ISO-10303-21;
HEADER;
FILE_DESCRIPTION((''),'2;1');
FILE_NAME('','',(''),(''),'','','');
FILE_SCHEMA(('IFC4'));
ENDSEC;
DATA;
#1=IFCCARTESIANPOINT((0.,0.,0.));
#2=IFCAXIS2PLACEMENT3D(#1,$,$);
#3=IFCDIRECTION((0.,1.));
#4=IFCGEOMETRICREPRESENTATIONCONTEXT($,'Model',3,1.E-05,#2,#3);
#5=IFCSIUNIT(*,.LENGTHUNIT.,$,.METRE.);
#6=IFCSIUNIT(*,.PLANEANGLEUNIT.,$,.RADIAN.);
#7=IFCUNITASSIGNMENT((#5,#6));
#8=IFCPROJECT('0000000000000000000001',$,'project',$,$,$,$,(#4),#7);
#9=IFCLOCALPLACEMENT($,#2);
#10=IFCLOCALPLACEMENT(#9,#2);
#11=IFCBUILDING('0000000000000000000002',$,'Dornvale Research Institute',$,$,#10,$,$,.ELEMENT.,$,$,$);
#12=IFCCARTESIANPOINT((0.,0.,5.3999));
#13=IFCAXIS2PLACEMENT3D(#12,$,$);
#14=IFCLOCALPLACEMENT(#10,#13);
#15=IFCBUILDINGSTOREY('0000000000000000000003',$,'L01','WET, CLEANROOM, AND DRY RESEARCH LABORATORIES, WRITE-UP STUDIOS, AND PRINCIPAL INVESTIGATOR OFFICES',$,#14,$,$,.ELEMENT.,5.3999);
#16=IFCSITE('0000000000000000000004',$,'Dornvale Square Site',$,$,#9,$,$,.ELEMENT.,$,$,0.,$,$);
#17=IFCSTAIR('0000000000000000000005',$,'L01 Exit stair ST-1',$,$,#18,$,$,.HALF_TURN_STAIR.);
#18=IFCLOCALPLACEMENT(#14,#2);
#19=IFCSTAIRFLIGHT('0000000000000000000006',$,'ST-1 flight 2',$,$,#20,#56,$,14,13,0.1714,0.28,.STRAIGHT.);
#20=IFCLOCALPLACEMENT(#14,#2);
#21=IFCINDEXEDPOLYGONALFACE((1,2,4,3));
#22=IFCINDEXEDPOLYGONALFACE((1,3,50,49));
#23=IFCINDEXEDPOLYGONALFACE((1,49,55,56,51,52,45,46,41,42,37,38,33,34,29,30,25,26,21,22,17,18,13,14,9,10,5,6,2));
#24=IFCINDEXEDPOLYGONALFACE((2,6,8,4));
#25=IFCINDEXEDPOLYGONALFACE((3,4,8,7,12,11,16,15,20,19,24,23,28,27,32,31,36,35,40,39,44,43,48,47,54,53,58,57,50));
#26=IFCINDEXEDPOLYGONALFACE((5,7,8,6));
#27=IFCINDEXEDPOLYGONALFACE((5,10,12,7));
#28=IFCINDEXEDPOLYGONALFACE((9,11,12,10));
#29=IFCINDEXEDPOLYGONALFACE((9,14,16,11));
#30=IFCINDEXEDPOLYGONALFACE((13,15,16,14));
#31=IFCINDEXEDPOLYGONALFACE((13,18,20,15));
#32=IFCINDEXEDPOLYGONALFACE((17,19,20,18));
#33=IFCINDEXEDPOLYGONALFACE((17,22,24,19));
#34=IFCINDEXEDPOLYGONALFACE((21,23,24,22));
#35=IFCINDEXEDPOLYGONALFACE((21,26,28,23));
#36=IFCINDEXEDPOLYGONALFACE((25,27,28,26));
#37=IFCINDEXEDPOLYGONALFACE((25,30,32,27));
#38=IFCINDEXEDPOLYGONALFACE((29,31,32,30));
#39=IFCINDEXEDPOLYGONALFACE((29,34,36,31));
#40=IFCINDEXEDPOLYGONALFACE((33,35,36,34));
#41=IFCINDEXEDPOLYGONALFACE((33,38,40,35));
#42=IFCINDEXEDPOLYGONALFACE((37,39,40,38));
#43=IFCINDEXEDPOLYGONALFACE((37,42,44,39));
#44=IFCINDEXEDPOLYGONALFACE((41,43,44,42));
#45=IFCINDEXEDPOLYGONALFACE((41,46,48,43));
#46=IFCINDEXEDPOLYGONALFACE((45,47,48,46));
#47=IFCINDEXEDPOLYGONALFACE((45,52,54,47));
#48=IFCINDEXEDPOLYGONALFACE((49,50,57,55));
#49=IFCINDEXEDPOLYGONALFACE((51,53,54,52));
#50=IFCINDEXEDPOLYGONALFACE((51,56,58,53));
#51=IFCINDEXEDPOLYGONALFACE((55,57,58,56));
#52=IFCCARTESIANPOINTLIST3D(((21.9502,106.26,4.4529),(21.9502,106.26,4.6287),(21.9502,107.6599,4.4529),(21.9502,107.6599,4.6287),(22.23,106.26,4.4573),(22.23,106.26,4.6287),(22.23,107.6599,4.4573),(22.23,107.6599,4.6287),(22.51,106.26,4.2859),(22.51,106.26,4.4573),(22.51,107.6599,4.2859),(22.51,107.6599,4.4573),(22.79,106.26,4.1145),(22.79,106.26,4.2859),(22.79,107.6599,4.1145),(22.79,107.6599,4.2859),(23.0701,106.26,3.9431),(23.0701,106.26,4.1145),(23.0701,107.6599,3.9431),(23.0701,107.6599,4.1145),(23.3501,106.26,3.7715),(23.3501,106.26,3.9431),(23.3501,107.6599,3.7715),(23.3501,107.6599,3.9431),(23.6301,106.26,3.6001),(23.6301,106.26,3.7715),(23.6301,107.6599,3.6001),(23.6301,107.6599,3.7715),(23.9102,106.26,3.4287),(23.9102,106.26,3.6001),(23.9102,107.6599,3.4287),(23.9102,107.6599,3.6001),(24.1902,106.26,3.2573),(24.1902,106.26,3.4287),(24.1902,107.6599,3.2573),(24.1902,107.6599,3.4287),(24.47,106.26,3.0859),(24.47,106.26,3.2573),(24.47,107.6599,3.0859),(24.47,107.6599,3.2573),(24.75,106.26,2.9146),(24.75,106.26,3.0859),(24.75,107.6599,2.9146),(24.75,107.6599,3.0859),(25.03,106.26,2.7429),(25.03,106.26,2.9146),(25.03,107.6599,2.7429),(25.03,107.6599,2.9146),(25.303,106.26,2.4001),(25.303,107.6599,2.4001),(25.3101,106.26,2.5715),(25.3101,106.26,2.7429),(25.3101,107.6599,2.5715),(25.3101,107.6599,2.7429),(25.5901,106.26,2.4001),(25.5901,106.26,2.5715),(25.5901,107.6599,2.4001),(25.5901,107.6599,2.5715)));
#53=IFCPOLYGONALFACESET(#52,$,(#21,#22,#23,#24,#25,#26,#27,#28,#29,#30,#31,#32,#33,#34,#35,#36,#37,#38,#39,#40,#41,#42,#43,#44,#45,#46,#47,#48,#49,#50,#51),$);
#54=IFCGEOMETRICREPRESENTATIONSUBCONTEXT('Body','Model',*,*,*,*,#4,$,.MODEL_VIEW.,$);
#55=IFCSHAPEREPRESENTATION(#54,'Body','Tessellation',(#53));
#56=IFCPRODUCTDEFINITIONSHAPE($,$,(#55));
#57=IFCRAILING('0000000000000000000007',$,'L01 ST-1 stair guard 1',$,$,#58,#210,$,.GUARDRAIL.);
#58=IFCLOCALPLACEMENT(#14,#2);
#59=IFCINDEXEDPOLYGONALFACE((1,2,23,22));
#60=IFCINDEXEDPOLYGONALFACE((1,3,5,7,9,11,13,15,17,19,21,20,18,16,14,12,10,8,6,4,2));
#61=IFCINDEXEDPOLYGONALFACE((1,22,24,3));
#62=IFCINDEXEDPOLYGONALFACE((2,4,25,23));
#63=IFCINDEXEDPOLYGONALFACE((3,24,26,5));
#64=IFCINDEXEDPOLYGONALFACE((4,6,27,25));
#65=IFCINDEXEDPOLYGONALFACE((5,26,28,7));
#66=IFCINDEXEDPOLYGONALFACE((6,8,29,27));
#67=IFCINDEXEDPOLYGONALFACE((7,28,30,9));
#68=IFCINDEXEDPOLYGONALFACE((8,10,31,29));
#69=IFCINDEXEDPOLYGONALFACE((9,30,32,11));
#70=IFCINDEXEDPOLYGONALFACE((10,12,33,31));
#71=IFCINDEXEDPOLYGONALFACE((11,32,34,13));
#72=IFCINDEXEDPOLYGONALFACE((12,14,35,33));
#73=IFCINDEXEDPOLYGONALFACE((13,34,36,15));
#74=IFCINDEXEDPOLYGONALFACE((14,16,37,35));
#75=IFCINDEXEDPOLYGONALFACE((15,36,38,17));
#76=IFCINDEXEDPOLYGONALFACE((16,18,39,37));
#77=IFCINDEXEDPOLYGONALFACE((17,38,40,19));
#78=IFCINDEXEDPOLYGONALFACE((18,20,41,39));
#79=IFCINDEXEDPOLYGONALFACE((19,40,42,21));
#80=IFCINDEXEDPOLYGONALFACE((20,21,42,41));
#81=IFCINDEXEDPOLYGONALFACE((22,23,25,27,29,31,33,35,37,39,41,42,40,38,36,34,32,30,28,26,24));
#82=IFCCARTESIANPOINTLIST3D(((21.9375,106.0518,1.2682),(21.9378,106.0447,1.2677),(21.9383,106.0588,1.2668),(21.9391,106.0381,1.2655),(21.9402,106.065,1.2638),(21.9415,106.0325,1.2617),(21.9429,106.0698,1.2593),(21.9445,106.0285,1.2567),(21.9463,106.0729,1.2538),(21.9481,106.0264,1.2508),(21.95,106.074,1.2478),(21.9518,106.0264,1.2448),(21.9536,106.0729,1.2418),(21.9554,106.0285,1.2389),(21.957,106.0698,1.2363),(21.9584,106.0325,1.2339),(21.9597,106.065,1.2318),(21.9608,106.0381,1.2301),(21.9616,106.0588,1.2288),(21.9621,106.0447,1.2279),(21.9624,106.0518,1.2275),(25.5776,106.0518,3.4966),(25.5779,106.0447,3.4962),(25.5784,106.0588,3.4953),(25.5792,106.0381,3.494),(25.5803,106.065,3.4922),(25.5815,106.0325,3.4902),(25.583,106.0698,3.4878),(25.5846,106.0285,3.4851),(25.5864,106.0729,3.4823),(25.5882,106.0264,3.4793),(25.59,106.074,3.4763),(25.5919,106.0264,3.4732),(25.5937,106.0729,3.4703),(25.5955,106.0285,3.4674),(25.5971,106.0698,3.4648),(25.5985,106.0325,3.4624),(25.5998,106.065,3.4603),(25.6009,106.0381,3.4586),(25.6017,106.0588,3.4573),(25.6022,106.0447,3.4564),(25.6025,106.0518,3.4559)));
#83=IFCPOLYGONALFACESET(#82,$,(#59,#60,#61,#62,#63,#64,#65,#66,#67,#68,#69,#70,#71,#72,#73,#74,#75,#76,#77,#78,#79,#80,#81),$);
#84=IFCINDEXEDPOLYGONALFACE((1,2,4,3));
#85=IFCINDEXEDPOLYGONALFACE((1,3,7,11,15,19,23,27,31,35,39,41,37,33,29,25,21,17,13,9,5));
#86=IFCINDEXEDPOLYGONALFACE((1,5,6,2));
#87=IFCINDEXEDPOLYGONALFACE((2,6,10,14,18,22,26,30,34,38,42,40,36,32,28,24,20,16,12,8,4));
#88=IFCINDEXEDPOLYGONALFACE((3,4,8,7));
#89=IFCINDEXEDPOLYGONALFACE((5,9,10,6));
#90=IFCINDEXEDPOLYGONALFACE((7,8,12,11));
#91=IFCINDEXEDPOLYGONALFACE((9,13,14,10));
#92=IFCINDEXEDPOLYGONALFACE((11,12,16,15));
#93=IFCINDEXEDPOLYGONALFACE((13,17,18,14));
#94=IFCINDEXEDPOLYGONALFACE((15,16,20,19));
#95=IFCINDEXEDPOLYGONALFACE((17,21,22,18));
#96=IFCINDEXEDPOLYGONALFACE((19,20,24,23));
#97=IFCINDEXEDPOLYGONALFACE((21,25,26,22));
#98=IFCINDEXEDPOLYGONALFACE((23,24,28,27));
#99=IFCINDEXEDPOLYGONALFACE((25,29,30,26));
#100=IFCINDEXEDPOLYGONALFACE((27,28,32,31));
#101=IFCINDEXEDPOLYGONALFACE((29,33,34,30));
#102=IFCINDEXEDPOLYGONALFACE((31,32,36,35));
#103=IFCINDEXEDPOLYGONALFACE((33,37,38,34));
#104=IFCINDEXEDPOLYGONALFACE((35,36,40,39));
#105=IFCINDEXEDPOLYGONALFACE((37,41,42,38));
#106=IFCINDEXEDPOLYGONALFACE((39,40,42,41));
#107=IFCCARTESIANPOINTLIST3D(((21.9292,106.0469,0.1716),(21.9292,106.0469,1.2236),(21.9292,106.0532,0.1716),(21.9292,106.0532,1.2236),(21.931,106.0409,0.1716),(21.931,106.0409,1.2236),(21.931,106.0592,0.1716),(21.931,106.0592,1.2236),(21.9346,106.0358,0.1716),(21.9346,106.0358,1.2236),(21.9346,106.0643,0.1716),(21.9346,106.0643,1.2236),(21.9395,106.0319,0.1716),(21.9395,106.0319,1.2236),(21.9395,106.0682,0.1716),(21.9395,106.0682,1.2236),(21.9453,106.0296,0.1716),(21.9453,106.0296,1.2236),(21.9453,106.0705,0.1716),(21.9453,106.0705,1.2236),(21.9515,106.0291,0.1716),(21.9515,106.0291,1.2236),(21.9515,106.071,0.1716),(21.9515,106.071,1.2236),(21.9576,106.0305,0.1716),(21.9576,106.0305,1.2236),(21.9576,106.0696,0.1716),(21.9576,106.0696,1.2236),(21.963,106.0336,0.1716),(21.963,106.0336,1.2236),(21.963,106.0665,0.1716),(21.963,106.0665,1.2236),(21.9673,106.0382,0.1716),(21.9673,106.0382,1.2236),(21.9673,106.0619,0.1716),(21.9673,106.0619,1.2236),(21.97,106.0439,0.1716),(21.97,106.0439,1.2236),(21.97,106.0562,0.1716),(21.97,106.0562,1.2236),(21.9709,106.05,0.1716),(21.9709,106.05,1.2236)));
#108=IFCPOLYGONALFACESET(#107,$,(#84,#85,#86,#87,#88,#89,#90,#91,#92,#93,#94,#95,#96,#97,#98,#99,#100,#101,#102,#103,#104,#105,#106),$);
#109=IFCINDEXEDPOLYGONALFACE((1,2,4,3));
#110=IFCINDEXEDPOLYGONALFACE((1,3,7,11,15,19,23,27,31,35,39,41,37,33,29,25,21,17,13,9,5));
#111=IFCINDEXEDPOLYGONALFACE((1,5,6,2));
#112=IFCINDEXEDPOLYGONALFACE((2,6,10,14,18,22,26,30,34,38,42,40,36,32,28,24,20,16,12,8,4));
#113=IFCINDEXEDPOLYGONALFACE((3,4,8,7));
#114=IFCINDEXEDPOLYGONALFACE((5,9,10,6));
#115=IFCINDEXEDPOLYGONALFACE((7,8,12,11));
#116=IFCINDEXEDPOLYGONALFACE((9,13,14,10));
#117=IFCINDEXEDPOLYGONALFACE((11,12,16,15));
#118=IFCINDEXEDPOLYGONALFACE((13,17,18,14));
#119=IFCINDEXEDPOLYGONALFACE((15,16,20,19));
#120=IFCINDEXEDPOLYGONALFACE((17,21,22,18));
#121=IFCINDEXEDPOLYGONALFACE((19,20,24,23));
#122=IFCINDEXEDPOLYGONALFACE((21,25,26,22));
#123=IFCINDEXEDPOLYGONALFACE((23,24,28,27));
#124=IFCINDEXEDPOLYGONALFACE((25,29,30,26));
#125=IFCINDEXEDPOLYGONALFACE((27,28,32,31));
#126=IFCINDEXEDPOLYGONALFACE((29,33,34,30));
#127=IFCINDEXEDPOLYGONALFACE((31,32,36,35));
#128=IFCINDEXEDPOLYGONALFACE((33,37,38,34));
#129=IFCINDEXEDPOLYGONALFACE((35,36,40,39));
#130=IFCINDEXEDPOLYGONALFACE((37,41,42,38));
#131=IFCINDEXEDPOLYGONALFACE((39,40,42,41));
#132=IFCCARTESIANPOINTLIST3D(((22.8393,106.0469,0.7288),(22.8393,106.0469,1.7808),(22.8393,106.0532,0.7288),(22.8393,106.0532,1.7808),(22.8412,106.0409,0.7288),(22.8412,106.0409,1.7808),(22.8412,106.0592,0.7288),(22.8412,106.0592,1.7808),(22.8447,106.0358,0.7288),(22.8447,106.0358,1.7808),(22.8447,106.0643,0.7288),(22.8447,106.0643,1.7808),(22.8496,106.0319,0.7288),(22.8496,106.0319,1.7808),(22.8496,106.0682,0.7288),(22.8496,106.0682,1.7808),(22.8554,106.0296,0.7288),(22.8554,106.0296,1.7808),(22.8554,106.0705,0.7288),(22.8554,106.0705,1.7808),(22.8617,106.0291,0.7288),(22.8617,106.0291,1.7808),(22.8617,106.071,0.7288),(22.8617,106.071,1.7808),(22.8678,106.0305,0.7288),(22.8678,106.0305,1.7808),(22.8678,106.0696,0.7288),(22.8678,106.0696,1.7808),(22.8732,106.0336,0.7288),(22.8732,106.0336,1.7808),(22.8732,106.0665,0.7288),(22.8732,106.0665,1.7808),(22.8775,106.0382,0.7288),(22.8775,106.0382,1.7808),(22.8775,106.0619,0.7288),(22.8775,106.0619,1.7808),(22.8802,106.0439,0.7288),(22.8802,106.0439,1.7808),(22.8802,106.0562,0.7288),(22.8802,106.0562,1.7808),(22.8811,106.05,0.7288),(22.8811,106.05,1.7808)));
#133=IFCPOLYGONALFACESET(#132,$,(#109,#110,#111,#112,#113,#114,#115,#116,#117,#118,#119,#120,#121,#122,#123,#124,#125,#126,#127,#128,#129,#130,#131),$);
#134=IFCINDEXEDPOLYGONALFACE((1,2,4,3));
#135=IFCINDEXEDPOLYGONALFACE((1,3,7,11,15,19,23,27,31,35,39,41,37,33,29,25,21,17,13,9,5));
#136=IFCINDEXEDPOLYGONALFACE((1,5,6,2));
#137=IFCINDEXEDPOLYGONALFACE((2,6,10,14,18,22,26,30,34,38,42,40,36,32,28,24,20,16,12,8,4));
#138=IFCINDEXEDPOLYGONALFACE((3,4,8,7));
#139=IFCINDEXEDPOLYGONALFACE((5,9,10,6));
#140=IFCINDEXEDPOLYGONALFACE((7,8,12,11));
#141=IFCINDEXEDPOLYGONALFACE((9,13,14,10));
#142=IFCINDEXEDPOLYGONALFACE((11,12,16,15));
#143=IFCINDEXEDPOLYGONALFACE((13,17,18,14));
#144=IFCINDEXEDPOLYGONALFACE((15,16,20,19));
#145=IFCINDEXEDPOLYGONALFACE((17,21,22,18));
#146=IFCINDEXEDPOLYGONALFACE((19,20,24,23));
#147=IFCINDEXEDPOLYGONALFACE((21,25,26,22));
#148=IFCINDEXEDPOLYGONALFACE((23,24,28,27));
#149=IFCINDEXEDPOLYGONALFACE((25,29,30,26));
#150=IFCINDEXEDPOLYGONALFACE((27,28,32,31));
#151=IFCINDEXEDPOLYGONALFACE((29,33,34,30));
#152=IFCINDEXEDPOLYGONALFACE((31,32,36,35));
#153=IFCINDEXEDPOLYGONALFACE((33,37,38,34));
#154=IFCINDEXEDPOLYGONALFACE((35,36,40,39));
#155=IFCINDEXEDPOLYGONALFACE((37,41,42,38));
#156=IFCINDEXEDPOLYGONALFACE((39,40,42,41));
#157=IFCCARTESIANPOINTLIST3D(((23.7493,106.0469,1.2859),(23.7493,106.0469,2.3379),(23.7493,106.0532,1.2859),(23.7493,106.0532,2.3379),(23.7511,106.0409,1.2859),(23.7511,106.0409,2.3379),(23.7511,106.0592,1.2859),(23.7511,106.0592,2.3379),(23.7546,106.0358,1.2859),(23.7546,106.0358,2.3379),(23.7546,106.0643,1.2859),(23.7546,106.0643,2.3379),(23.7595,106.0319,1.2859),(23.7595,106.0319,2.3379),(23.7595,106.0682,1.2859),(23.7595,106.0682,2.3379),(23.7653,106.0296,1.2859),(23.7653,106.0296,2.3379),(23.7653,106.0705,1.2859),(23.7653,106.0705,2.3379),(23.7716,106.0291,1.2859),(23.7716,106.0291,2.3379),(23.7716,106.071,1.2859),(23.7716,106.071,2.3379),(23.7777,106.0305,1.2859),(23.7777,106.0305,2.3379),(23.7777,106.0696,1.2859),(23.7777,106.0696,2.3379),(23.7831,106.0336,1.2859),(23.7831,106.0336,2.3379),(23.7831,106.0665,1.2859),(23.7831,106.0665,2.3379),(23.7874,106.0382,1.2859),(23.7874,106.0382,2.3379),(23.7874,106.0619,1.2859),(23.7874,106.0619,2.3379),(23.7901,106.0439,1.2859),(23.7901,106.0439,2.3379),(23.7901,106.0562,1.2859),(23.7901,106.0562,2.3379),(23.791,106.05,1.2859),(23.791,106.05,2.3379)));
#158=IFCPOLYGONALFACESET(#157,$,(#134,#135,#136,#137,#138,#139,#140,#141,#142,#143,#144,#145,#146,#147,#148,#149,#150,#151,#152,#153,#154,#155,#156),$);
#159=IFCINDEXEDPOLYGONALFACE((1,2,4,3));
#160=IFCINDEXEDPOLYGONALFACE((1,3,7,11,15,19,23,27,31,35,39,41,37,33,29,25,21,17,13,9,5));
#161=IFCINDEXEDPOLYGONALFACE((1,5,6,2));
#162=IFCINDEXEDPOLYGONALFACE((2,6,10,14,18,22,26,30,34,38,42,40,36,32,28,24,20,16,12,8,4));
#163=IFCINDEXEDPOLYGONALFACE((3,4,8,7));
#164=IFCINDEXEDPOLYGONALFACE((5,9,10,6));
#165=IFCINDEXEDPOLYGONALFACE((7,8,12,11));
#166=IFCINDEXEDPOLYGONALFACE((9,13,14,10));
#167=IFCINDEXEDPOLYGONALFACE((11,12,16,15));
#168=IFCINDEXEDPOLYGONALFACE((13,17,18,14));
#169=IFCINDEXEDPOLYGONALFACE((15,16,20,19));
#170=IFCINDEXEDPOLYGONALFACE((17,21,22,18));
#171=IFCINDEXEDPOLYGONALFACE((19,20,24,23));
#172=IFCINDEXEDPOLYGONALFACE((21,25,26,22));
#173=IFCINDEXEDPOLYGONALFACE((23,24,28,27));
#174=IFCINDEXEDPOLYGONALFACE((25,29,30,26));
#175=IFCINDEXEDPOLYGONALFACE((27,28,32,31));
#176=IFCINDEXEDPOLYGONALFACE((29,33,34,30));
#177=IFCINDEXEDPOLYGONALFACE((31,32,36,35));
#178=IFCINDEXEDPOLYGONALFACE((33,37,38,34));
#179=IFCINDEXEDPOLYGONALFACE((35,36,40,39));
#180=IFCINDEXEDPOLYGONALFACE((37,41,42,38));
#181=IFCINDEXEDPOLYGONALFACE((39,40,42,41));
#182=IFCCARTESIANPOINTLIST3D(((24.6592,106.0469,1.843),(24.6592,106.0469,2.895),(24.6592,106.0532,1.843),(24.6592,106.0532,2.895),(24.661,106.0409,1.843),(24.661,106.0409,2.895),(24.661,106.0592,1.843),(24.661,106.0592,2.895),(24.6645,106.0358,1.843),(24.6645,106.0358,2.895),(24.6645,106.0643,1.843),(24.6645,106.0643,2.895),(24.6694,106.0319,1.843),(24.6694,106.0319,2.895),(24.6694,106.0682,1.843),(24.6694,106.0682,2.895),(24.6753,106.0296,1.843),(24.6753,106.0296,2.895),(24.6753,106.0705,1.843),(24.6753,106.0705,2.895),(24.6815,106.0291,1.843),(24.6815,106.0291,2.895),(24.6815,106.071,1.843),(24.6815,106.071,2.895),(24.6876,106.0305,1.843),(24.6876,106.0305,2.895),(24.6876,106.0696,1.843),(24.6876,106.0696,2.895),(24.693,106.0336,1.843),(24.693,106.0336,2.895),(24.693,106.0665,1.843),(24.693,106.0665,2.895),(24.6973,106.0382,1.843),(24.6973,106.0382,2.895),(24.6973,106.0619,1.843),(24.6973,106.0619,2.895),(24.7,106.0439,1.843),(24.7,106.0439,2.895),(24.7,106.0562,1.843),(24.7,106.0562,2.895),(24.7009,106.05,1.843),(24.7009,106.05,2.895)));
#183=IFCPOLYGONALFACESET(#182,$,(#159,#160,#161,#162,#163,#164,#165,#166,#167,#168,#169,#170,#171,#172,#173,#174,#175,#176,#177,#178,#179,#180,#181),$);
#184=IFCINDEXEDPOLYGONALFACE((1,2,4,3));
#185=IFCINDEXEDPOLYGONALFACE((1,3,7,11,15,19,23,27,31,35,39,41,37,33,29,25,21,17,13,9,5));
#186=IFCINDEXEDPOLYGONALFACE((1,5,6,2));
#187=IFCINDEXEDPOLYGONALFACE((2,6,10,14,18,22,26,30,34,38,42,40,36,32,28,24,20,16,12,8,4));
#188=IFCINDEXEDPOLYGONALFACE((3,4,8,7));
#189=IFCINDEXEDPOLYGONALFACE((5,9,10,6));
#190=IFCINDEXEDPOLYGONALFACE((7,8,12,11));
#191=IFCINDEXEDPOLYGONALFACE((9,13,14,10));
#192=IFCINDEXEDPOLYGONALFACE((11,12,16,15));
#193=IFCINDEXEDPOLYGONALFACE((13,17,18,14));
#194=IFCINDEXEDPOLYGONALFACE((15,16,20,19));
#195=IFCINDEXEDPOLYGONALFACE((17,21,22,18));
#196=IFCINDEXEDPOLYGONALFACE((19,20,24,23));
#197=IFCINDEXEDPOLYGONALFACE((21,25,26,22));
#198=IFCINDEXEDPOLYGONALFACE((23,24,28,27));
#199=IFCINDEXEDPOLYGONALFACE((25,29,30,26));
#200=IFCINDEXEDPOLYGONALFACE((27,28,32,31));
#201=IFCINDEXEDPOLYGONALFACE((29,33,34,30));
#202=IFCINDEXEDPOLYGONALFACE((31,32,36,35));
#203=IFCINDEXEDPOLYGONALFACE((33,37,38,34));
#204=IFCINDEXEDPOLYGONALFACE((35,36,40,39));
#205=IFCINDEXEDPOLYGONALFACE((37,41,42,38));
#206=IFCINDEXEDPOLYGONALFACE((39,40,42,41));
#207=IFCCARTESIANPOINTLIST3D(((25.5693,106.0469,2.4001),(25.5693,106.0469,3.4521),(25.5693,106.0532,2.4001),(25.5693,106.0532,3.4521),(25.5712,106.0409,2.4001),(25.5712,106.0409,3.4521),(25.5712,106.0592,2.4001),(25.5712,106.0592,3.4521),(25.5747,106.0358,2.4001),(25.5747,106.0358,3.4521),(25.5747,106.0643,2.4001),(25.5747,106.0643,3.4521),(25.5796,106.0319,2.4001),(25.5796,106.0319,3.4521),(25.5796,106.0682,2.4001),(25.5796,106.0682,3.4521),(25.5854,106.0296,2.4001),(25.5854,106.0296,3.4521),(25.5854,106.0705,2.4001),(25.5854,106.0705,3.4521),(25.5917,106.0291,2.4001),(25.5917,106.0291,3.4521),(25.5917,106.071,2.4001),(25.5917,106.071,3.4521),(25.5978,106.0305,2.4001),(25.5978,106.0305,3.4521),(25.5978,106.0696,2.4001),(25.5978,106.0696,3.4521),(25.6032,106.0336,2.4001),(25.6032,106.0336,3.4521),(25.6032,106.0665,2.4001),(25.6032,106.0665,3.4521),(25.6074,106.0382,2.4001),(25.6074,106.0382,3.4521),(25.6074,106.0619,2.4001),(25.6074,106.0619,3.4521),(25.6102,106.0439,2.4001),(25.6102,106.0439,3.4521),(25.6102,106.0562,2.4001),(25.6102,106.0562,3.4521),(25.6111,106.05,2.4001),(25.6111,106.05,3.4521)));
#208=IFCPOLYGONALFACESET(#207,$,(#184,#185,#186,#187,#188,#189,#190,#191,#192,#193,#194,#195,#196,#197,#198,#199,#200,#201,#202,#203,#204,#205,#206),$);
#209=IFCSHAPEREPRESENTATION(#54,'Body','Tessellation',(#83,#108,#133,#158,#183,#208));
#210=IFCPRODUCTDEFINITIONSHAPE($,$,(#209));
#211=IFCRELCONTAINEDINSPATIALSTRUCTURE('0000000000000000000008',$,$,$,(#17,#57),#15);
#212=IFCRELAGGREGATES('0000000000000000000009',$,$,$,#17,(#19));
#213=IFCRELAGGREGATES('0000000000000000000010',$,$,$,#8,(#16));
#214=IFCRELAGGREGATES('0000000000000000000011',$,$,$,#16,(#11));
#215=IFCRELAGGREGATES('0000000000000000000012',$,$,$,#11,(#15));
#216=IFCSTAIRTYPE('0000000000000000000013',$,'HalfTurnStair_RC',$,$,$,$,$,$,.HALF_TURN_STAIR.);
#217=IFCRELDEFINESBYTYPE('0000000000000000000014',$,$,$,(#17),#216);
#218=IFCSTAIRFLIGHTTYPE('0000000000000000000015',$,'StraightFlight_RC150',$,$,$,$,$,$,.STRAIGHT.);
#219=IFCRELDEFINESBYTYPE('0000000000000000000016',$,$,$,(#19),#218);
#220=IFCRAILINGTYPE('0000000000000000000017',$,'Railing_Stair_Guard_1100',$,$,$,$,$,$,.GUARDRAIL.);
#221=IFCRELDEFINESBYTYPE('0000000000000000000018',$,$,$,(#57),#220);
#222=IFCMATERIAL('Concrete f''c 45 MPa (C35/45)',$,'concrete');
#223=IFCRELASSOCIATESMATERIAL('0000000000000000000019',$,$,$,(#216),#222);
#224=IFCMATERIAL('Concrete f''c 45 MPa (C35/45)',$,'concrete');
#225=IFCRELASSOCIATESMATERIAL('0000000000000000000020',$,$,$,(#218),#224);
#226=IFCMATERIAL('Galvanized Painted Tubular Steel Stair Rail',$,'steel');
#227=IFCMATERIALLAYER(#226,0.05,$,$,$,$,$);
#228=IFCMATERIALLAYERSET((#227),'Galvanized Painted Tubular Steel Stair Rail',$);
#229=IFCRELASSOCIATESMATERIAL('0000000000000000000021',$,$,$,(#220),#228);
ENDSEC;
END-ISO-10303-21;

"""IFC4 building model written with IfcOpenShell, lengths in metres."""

from ifc_helpers import new_model, si_unit, direction, frame, origin, origin_2d, place, context, subcontext, project, spatial, polyline, circle, outline, extrude, material, layer, layer_set, type_object, element, aggregate, save


model = new_model("IFC4")

# Units and contexts
model_context = context("Model", 3, precision=1e-05, world=origin(), true_north=direction((0.0, 1.0)))
body_context = subcontext(model_context, "Body", "Model", "MODEL_VIEW")
ifc_project = project(units=[si_unit("LENGTHUNIT", "METRE"), si_unit("PLANEANGLEUNIT", "RADIAN")], contexts=[model_context])

# Site, building, storey
site_placement = place(None, origin())
site = spatial("IfcSite", under=ifc_project, at=site_placement, Name="Dornvale Square Site", CompositionType="ELEMENT", RefElevation=0.0)
building_placement = place(site_placement, origin())
building = spatial("IfcBuilding", under=site, at=building_placement, Name="Dornvale Research Institute", CompositionType="ELEMENT")
storey_placement = place(building_placement, frame((0.0, 0.0, 5.3999)))
storey = spatial("IfcBuildingStorey", under=building, at=storey_placement, Name="L01", Description="WET, CLEANROOM, AND DRY RESEARCH LABORATORIES, WRITE-UP STUDIOS, AND PRINCIPAL INVESTIGATOR OFFICES", CompositionType="ELEMENT", Elevation=5.3999)

# Stair, stair flight
ifc_material_1 = material(Name="Concrete f'c 45 MPa (C35/45)", Category="concrete")
stair_type = type_object("IfcStairType", Name="HalfTurnStair_RC", PredefinedType="HALF_TURN_STAIR", material=ifc_material_1)
stair_placement = place(storey_placement, origin())
stair = element("IfcStair", 1, at=stair_placement, inside=storey, type_object=stair_type, Name="L01 Exit stair ST-1", PredefinedType="HALF_TURN_STAIR")
ifc_material_2 = material(Name="Concrete f'c 45 MPa (C35/45)", Category="concrete")
stair_flight_type = type_object("IfcStairFlightType", Name="StraightFlight_RC150", PredefinedType="STRAIGHT", material=ifc_material_2)
stair_flight_1_placement = place(storey_placement, frame((25.5901, 106.96, 2.4001), z_axis=(0.0, 0.0, 1.0), x_axis=(-1.0, 0.0, 0.0)))
stair_flight_1 = element("IfcStairFlight", 2, at=stair_flight_1_placement, type_object=stair_flight_type, Name="ST-1 flight 2", NumberOfRisers=14, NumberOfTreads=13, PredefinedType="STRAIGHT", RiserHeight=0.1714, TreadLength=0.28, context=body_context, shape_type="SweptSolid", body=[
    extrude(outline(polyline([(0.0, 0.0), (0.0, 0.1714), (0.28, 0.1714), (0.28, 0.3428), (0.5601, 0.3428), (0.5601, 0.5144), (0.8401, 0.5144), (0.8401, 0.6858), (1.1201, 0.6858), (1.1201, 0.8572), (1.3999, 0.8572), (1.3999, 1.0286), (1.6799, 1.0286), (1.6799, 1.2), (1.96, 1.2), (1.96, 1.3713), (2.24, 1.3713), (2.24, 1.543), (2.52, 1.543), (2.52, 1.7144), (2.8, 1.7144), (2.8, 1.8857), (3.0801, 1.8857), (3.0801, 2.0571), (3.3601, 2.0571), (3.3601, 2.2285), (3.6399, 2.2285), (3.6399, 2.3999), (3.6399, 2.0527), (0.2871, 0.0), (0.0, 0.0)])), frame((0.0, 0.7, 0.0), z_axis=(0.0, -1.0, 0.0), x_axis=(1.0, 0.0, 0.0)), (0.0, 0.0, 1.0), 1.3999),
])
aggregate(stair, [stair_flight_1])

# Railing
ifc_material_3 = material(Name="Galvanized Painted Tubular Steel Stair Rail", Category="steel")
ifc_layer_1 = layer(ifc_material_3, 0.05)
ifc_layer_set_1 = layer_set([ifc_layer_1], Name="Galvanized Painted Tubular Steel Stair Rail")
railing_type_1 = type_object("IfcRailingType", Name="Railing_Stair_Guard_1100", PredefinedType="GUARDRAIL", material=ifc_layer_set_1)
railing_1_placement = place(storey_placement, frame((21.95, 106.05, 0.1716)))
element("IfcRailing", 3, at=railing_1_placement, inside=storey, type_object=railing_type_1, Name="L01 ST-1 stair guard 1", PredefinedType="GUARDRAIL", context=body_context, shape_type="SweptSolid", body=[
    extrude(circle(Radius=0.0239, at=origin_2d()), frame((0.0, 0.0, 1.0762), z_axis=(0.852866, 0.0, 0.52213), x_axis=(0.0, 1.0, 0.0)), (0.0, 0.0, 1.0), 4.2681),
    extrude(circle(Radius=0.021, at=origin_2d()), origin(), (0.0, 0.0, 1.0), 1.052),
    extrude(circle(Radius=0.021, at=origin_2d()), frame((0.9102, 0.0, 0.5571)), (0.0, 0.0, 1.0), 1.052),
    extrude(circle(Radius=0.021, at=origin_2d()), frame((1.8201, 0.0, 1.1143)), (0.0, 0.0, 1.0), 1.052),
    extrude(circle(Radius=0.021, at=origin_2d()), frame((2.73, 0.0, 1.6714)), (0.0, 0.0, 1.0), 1.052),
    extrude(circle(Radius=0.021, at=origin_2d()), frame((3.6401, 0.0, 2.2285)), (0.0, 0.0, 1.0), 1.052),
])

save(model, "model.ifc")
